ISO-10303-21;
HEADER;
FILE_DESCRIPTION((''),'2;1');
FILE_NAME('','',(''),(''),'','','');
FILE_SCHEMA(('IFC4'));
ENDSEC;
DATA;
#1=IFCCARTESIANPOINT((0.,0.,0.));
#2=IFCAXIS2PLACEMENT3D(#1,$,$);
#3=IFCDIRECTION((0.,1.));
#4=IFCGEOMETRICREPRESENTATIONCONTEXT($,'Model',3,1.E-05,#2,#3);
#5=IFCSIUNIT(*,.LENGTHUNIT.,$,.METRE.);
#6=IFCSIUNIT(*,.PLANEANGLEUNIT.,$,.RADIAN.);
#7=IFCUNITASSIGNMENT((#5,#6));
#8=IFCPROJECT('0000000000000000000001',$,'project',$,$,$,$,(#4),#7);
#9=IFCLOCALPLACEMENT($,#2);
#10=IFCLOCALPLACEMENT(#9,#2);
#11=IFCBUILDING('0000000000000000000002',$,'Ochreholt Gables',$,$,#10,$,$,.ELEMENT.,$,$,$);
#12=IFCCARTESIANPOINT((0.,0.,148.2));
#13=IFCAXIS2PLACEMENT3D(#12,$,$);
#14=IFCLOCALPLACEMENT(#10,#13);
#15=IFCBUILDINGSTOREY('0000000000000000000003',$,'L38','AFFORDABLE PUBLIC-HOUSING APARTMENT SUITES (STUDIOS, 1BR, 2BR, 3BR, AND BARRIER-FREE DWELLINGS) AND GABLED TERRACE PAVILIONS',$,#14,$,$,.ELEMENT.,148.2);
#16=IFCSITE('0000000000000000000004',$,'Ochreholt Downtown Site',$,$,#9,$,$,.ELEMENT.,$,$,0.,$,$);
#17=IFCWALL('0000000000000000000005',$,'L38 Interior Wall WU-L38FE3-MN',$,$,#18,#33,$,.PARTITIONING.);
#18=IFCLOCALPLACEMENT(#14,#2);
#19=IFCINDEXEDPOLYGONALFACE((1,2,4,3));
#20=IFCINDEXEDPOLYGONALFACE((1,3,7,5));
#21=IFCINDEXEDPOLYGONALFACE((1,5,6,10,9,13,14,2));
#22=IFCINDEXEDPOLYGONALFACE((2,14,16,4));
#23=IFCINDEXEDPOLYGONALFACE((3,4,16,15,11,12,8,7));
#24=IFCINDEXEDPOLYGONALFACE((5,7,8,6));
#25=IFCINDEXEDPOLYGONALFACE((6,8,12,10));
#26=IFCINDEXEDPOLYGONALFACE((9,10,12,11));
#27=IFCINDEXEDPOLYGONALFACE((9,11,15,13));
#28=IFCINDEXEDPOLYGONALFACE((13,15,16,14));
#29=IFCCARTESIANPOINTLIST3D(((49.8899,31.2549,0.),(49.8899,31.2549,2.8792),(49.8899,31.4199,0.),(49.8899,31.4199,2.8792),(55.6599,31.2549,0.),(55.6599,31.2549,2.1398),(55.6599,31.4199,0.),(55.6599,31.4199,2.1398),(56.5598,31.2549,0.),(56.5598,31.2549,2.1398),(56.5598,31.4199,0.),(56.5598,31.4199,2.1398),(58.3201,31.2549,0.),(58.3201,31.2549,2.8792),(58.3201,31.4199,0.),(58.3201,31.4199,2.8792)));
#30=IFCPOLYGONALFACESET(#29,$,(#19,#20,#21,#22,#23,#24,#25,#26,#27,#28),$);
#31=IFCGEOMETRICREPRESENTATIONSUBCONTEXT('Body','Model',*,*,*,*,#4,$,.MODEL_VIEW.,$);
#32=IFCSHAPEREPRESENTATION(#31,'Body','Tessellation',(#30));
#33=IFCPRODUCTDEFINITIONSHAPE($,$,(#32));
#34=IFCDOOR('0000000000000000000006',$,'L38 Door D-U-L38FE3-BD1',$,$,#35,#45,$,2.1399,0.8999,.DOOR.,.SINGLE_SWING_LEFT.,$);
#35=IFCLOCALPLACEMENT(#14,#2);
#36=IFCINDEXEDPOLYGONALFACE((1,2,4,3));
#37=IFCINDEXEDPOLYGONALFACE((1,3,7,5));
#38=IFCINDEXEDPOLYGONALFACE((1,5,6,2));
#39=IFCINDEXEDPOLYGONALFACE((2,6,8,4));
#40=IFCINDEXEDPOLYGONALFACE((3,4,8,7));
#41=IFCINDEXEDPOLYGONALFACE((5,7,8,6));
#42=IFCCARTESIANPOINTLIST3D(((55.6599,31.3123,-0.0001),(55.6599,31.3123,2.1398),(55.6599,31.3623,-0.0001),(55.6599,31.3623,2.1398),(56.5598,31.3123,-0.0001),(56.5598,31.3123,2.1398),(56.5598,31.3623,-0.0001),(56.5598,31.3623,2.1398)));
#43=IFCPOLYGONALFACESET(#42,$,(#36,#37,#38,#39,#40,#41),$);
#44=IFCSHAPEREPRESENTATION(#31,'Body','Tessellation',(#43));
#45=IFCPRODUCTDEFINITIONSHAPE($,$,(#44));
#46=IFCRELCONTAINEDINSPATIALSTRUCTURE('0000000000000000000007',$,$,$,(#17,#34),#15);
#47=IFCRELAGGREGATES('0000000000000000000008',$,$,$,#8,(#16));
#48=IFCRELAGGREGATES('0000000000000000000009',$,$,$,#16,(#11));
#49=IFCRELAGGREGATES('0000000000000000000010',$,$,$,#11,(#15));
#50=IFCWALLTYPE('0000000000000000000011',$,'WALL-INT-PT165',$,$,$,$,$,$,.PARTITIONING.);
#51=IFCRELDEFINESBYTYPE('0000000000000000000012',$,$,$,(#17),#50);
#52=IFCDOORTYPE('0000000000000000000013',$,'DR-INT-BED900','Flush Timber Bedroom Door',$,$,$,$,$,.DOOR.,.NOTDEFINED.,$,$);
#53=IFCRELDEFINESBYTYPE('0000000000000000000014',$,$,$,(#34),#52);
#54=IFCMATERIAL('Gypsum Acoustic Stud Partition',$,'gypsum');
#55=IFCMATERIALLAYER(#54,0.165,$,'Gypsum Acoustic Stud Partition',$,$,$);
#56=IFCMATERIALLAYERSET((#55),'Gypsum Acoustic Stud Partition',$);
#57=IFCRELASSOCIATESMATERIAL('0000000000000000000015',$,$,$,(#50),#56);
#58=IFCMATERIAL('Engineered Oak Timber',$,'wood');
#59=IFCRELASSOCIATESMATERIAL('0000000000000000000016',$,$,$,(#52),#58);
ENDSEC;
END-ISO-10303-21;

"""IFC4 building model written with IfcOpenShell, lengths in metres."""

from ifc_helpers import new_model, si_unit, direction, frame, frame_2d, origin, place, context, subcontext, project, spatial, rectangle, extrude, material, layer, layer_set, type_object, element, fill, save


model = new_model("IFC4")

# Units and contexts
model_context = context("Model", 3, precision=1e-05, world=origin(), true_north=direction((0.0, 1.0)))
body_context = subcontext(model_context, "Body", "Model", "MODEL_VIEW")
ifc_project = project(units=[si_unit("LENGTHUNIT", "METRE"), si_unit("PLANEANGLEUNIT", "RADIAN")], contexts=[model_context])

# Site, building, storey
site_placement = place(None, origin())
site = spatial("IfcSite", under=ifc_project, at=site_placement, Name="Ochreholt Downtown Site", CompositionType="ELEMENT", RefElevation=0.0)
building_placement = place(site_placement, origin())
building = spatial("IfcBuilding", under=site, at=building_placement, Name="Ochreholt Gables", CompositionType="ELEMENT")
storey_placement = place(building_placement, frame((0.0, 0.0, 148.2)))
storey = spatial("IfcBuildingStorey", under=building, at=storey_placement, Name="L38", Description="AFFORDABLE PUBLIC-HOUSING APARTMENT SUITES (STUDIOS, 1BR, 2BR, 3BR, AND BARRIER-FREE DWELLINGS) AND GABLED TERRACE PAVILIONS", CompositionType="ELEMENT", Elevation=148.2)

# Shared definitions
ifc_material_1 = material(Name="Engineered Oak Timber", Category="wood")

# Wall, opening, door
ifc_material_2 = material(Name="Gypsum Acoustic Stud Partition", Category="gypsum")
ifc_layer_1 = layer(ifc_material_2, 0.165, Name="Gypsum Acoustic Stud Partition")
ifc_layer_set_1 = layer_set([ifc_layer_1], Name="Gypsum Acoustic Stud Partition")
wall_type_1 = type_object("IfcWallType", Name="WALL-INT-PT165", PredefinedType="PARTITIONING", material=ifc_layer_set_1)
wall_1_placement = place(storey_placement, frame((49.8899, 31.3374, 0.0), z_axis=(0.0, 0.0, 1.0), x_axis=(1.0, 0.0, 0.0)))
wall_1 = element("IfcWall", 1, at=wall_1_placement, inside=storey, type_object=wall_type_1, Name="L38 Interior Wall WU-L38FE3-MN", PredefinedType="PARTITIONING", context=body_context, shape_type="SweptSolid", body=[
    extrude(rectangle(XDim=8.4302, YDim=0.165, at=frame_2d((4.2151, 0.0))), origin(), (0.0, 0.0, 1.0), 2.8792),
])
opening_1_placement = place(wall_1_placement, frame((5.77, 0.0, 0.0)))
opening_1 = element("IfcOpeningElement", 2, at=opening_1_placement, cuts=wall_1, PredefinedType="OPENING", context=body_context, shape_type="SweptSolid", body=[
    extrude(rectangle(XDim=0.8999, YDim=2.1399, at=frame_2d((0.45, 1.0698))), frame((0.0, 0.0925, 0.0), z_axis=(0.0, -1.0, 0.0), x_axis=(1.0, 0.0, 0.0)), (0.0, 0.0, 1.0), 0.1851),
])
door_type_1 = type_object("IfcDoorType", Name="DR-INT-BED900", Description="Flush Timber Bedroom Door", OperationType="NOTDEFINED", PredefinedType="DOOR", material=ifc_material_1)
door_1_placement = place(opening_1_placement, origin())
door_1 = element("IfcDoor", 3, at=door_1_placement, inside=storey, type_object=door_type_1, Name="L38 Door D-U-L38FE3-BD1", OperationType="SINGLE_SWING_LEFT", OverallHeight=2.1399, OverallWidth=0.8999, PredefinedType="DOOR", context=body_context, shape_type="SweptSolid", body=[
    extrude(rectangle(XDim=0.8999, YDim=2.1399, at=frame_2d((0.45, 1.0698))), frame((0.0, 0.0249, 0.0), z_axis=(0.0, -1.0, 0.0), x_axis=(1.0, 0.0, 0.0)), (0.0, 0.0, 1.0), 0.05),
])
fill(opening_1, door_1)

save(model, "model.ifc")
